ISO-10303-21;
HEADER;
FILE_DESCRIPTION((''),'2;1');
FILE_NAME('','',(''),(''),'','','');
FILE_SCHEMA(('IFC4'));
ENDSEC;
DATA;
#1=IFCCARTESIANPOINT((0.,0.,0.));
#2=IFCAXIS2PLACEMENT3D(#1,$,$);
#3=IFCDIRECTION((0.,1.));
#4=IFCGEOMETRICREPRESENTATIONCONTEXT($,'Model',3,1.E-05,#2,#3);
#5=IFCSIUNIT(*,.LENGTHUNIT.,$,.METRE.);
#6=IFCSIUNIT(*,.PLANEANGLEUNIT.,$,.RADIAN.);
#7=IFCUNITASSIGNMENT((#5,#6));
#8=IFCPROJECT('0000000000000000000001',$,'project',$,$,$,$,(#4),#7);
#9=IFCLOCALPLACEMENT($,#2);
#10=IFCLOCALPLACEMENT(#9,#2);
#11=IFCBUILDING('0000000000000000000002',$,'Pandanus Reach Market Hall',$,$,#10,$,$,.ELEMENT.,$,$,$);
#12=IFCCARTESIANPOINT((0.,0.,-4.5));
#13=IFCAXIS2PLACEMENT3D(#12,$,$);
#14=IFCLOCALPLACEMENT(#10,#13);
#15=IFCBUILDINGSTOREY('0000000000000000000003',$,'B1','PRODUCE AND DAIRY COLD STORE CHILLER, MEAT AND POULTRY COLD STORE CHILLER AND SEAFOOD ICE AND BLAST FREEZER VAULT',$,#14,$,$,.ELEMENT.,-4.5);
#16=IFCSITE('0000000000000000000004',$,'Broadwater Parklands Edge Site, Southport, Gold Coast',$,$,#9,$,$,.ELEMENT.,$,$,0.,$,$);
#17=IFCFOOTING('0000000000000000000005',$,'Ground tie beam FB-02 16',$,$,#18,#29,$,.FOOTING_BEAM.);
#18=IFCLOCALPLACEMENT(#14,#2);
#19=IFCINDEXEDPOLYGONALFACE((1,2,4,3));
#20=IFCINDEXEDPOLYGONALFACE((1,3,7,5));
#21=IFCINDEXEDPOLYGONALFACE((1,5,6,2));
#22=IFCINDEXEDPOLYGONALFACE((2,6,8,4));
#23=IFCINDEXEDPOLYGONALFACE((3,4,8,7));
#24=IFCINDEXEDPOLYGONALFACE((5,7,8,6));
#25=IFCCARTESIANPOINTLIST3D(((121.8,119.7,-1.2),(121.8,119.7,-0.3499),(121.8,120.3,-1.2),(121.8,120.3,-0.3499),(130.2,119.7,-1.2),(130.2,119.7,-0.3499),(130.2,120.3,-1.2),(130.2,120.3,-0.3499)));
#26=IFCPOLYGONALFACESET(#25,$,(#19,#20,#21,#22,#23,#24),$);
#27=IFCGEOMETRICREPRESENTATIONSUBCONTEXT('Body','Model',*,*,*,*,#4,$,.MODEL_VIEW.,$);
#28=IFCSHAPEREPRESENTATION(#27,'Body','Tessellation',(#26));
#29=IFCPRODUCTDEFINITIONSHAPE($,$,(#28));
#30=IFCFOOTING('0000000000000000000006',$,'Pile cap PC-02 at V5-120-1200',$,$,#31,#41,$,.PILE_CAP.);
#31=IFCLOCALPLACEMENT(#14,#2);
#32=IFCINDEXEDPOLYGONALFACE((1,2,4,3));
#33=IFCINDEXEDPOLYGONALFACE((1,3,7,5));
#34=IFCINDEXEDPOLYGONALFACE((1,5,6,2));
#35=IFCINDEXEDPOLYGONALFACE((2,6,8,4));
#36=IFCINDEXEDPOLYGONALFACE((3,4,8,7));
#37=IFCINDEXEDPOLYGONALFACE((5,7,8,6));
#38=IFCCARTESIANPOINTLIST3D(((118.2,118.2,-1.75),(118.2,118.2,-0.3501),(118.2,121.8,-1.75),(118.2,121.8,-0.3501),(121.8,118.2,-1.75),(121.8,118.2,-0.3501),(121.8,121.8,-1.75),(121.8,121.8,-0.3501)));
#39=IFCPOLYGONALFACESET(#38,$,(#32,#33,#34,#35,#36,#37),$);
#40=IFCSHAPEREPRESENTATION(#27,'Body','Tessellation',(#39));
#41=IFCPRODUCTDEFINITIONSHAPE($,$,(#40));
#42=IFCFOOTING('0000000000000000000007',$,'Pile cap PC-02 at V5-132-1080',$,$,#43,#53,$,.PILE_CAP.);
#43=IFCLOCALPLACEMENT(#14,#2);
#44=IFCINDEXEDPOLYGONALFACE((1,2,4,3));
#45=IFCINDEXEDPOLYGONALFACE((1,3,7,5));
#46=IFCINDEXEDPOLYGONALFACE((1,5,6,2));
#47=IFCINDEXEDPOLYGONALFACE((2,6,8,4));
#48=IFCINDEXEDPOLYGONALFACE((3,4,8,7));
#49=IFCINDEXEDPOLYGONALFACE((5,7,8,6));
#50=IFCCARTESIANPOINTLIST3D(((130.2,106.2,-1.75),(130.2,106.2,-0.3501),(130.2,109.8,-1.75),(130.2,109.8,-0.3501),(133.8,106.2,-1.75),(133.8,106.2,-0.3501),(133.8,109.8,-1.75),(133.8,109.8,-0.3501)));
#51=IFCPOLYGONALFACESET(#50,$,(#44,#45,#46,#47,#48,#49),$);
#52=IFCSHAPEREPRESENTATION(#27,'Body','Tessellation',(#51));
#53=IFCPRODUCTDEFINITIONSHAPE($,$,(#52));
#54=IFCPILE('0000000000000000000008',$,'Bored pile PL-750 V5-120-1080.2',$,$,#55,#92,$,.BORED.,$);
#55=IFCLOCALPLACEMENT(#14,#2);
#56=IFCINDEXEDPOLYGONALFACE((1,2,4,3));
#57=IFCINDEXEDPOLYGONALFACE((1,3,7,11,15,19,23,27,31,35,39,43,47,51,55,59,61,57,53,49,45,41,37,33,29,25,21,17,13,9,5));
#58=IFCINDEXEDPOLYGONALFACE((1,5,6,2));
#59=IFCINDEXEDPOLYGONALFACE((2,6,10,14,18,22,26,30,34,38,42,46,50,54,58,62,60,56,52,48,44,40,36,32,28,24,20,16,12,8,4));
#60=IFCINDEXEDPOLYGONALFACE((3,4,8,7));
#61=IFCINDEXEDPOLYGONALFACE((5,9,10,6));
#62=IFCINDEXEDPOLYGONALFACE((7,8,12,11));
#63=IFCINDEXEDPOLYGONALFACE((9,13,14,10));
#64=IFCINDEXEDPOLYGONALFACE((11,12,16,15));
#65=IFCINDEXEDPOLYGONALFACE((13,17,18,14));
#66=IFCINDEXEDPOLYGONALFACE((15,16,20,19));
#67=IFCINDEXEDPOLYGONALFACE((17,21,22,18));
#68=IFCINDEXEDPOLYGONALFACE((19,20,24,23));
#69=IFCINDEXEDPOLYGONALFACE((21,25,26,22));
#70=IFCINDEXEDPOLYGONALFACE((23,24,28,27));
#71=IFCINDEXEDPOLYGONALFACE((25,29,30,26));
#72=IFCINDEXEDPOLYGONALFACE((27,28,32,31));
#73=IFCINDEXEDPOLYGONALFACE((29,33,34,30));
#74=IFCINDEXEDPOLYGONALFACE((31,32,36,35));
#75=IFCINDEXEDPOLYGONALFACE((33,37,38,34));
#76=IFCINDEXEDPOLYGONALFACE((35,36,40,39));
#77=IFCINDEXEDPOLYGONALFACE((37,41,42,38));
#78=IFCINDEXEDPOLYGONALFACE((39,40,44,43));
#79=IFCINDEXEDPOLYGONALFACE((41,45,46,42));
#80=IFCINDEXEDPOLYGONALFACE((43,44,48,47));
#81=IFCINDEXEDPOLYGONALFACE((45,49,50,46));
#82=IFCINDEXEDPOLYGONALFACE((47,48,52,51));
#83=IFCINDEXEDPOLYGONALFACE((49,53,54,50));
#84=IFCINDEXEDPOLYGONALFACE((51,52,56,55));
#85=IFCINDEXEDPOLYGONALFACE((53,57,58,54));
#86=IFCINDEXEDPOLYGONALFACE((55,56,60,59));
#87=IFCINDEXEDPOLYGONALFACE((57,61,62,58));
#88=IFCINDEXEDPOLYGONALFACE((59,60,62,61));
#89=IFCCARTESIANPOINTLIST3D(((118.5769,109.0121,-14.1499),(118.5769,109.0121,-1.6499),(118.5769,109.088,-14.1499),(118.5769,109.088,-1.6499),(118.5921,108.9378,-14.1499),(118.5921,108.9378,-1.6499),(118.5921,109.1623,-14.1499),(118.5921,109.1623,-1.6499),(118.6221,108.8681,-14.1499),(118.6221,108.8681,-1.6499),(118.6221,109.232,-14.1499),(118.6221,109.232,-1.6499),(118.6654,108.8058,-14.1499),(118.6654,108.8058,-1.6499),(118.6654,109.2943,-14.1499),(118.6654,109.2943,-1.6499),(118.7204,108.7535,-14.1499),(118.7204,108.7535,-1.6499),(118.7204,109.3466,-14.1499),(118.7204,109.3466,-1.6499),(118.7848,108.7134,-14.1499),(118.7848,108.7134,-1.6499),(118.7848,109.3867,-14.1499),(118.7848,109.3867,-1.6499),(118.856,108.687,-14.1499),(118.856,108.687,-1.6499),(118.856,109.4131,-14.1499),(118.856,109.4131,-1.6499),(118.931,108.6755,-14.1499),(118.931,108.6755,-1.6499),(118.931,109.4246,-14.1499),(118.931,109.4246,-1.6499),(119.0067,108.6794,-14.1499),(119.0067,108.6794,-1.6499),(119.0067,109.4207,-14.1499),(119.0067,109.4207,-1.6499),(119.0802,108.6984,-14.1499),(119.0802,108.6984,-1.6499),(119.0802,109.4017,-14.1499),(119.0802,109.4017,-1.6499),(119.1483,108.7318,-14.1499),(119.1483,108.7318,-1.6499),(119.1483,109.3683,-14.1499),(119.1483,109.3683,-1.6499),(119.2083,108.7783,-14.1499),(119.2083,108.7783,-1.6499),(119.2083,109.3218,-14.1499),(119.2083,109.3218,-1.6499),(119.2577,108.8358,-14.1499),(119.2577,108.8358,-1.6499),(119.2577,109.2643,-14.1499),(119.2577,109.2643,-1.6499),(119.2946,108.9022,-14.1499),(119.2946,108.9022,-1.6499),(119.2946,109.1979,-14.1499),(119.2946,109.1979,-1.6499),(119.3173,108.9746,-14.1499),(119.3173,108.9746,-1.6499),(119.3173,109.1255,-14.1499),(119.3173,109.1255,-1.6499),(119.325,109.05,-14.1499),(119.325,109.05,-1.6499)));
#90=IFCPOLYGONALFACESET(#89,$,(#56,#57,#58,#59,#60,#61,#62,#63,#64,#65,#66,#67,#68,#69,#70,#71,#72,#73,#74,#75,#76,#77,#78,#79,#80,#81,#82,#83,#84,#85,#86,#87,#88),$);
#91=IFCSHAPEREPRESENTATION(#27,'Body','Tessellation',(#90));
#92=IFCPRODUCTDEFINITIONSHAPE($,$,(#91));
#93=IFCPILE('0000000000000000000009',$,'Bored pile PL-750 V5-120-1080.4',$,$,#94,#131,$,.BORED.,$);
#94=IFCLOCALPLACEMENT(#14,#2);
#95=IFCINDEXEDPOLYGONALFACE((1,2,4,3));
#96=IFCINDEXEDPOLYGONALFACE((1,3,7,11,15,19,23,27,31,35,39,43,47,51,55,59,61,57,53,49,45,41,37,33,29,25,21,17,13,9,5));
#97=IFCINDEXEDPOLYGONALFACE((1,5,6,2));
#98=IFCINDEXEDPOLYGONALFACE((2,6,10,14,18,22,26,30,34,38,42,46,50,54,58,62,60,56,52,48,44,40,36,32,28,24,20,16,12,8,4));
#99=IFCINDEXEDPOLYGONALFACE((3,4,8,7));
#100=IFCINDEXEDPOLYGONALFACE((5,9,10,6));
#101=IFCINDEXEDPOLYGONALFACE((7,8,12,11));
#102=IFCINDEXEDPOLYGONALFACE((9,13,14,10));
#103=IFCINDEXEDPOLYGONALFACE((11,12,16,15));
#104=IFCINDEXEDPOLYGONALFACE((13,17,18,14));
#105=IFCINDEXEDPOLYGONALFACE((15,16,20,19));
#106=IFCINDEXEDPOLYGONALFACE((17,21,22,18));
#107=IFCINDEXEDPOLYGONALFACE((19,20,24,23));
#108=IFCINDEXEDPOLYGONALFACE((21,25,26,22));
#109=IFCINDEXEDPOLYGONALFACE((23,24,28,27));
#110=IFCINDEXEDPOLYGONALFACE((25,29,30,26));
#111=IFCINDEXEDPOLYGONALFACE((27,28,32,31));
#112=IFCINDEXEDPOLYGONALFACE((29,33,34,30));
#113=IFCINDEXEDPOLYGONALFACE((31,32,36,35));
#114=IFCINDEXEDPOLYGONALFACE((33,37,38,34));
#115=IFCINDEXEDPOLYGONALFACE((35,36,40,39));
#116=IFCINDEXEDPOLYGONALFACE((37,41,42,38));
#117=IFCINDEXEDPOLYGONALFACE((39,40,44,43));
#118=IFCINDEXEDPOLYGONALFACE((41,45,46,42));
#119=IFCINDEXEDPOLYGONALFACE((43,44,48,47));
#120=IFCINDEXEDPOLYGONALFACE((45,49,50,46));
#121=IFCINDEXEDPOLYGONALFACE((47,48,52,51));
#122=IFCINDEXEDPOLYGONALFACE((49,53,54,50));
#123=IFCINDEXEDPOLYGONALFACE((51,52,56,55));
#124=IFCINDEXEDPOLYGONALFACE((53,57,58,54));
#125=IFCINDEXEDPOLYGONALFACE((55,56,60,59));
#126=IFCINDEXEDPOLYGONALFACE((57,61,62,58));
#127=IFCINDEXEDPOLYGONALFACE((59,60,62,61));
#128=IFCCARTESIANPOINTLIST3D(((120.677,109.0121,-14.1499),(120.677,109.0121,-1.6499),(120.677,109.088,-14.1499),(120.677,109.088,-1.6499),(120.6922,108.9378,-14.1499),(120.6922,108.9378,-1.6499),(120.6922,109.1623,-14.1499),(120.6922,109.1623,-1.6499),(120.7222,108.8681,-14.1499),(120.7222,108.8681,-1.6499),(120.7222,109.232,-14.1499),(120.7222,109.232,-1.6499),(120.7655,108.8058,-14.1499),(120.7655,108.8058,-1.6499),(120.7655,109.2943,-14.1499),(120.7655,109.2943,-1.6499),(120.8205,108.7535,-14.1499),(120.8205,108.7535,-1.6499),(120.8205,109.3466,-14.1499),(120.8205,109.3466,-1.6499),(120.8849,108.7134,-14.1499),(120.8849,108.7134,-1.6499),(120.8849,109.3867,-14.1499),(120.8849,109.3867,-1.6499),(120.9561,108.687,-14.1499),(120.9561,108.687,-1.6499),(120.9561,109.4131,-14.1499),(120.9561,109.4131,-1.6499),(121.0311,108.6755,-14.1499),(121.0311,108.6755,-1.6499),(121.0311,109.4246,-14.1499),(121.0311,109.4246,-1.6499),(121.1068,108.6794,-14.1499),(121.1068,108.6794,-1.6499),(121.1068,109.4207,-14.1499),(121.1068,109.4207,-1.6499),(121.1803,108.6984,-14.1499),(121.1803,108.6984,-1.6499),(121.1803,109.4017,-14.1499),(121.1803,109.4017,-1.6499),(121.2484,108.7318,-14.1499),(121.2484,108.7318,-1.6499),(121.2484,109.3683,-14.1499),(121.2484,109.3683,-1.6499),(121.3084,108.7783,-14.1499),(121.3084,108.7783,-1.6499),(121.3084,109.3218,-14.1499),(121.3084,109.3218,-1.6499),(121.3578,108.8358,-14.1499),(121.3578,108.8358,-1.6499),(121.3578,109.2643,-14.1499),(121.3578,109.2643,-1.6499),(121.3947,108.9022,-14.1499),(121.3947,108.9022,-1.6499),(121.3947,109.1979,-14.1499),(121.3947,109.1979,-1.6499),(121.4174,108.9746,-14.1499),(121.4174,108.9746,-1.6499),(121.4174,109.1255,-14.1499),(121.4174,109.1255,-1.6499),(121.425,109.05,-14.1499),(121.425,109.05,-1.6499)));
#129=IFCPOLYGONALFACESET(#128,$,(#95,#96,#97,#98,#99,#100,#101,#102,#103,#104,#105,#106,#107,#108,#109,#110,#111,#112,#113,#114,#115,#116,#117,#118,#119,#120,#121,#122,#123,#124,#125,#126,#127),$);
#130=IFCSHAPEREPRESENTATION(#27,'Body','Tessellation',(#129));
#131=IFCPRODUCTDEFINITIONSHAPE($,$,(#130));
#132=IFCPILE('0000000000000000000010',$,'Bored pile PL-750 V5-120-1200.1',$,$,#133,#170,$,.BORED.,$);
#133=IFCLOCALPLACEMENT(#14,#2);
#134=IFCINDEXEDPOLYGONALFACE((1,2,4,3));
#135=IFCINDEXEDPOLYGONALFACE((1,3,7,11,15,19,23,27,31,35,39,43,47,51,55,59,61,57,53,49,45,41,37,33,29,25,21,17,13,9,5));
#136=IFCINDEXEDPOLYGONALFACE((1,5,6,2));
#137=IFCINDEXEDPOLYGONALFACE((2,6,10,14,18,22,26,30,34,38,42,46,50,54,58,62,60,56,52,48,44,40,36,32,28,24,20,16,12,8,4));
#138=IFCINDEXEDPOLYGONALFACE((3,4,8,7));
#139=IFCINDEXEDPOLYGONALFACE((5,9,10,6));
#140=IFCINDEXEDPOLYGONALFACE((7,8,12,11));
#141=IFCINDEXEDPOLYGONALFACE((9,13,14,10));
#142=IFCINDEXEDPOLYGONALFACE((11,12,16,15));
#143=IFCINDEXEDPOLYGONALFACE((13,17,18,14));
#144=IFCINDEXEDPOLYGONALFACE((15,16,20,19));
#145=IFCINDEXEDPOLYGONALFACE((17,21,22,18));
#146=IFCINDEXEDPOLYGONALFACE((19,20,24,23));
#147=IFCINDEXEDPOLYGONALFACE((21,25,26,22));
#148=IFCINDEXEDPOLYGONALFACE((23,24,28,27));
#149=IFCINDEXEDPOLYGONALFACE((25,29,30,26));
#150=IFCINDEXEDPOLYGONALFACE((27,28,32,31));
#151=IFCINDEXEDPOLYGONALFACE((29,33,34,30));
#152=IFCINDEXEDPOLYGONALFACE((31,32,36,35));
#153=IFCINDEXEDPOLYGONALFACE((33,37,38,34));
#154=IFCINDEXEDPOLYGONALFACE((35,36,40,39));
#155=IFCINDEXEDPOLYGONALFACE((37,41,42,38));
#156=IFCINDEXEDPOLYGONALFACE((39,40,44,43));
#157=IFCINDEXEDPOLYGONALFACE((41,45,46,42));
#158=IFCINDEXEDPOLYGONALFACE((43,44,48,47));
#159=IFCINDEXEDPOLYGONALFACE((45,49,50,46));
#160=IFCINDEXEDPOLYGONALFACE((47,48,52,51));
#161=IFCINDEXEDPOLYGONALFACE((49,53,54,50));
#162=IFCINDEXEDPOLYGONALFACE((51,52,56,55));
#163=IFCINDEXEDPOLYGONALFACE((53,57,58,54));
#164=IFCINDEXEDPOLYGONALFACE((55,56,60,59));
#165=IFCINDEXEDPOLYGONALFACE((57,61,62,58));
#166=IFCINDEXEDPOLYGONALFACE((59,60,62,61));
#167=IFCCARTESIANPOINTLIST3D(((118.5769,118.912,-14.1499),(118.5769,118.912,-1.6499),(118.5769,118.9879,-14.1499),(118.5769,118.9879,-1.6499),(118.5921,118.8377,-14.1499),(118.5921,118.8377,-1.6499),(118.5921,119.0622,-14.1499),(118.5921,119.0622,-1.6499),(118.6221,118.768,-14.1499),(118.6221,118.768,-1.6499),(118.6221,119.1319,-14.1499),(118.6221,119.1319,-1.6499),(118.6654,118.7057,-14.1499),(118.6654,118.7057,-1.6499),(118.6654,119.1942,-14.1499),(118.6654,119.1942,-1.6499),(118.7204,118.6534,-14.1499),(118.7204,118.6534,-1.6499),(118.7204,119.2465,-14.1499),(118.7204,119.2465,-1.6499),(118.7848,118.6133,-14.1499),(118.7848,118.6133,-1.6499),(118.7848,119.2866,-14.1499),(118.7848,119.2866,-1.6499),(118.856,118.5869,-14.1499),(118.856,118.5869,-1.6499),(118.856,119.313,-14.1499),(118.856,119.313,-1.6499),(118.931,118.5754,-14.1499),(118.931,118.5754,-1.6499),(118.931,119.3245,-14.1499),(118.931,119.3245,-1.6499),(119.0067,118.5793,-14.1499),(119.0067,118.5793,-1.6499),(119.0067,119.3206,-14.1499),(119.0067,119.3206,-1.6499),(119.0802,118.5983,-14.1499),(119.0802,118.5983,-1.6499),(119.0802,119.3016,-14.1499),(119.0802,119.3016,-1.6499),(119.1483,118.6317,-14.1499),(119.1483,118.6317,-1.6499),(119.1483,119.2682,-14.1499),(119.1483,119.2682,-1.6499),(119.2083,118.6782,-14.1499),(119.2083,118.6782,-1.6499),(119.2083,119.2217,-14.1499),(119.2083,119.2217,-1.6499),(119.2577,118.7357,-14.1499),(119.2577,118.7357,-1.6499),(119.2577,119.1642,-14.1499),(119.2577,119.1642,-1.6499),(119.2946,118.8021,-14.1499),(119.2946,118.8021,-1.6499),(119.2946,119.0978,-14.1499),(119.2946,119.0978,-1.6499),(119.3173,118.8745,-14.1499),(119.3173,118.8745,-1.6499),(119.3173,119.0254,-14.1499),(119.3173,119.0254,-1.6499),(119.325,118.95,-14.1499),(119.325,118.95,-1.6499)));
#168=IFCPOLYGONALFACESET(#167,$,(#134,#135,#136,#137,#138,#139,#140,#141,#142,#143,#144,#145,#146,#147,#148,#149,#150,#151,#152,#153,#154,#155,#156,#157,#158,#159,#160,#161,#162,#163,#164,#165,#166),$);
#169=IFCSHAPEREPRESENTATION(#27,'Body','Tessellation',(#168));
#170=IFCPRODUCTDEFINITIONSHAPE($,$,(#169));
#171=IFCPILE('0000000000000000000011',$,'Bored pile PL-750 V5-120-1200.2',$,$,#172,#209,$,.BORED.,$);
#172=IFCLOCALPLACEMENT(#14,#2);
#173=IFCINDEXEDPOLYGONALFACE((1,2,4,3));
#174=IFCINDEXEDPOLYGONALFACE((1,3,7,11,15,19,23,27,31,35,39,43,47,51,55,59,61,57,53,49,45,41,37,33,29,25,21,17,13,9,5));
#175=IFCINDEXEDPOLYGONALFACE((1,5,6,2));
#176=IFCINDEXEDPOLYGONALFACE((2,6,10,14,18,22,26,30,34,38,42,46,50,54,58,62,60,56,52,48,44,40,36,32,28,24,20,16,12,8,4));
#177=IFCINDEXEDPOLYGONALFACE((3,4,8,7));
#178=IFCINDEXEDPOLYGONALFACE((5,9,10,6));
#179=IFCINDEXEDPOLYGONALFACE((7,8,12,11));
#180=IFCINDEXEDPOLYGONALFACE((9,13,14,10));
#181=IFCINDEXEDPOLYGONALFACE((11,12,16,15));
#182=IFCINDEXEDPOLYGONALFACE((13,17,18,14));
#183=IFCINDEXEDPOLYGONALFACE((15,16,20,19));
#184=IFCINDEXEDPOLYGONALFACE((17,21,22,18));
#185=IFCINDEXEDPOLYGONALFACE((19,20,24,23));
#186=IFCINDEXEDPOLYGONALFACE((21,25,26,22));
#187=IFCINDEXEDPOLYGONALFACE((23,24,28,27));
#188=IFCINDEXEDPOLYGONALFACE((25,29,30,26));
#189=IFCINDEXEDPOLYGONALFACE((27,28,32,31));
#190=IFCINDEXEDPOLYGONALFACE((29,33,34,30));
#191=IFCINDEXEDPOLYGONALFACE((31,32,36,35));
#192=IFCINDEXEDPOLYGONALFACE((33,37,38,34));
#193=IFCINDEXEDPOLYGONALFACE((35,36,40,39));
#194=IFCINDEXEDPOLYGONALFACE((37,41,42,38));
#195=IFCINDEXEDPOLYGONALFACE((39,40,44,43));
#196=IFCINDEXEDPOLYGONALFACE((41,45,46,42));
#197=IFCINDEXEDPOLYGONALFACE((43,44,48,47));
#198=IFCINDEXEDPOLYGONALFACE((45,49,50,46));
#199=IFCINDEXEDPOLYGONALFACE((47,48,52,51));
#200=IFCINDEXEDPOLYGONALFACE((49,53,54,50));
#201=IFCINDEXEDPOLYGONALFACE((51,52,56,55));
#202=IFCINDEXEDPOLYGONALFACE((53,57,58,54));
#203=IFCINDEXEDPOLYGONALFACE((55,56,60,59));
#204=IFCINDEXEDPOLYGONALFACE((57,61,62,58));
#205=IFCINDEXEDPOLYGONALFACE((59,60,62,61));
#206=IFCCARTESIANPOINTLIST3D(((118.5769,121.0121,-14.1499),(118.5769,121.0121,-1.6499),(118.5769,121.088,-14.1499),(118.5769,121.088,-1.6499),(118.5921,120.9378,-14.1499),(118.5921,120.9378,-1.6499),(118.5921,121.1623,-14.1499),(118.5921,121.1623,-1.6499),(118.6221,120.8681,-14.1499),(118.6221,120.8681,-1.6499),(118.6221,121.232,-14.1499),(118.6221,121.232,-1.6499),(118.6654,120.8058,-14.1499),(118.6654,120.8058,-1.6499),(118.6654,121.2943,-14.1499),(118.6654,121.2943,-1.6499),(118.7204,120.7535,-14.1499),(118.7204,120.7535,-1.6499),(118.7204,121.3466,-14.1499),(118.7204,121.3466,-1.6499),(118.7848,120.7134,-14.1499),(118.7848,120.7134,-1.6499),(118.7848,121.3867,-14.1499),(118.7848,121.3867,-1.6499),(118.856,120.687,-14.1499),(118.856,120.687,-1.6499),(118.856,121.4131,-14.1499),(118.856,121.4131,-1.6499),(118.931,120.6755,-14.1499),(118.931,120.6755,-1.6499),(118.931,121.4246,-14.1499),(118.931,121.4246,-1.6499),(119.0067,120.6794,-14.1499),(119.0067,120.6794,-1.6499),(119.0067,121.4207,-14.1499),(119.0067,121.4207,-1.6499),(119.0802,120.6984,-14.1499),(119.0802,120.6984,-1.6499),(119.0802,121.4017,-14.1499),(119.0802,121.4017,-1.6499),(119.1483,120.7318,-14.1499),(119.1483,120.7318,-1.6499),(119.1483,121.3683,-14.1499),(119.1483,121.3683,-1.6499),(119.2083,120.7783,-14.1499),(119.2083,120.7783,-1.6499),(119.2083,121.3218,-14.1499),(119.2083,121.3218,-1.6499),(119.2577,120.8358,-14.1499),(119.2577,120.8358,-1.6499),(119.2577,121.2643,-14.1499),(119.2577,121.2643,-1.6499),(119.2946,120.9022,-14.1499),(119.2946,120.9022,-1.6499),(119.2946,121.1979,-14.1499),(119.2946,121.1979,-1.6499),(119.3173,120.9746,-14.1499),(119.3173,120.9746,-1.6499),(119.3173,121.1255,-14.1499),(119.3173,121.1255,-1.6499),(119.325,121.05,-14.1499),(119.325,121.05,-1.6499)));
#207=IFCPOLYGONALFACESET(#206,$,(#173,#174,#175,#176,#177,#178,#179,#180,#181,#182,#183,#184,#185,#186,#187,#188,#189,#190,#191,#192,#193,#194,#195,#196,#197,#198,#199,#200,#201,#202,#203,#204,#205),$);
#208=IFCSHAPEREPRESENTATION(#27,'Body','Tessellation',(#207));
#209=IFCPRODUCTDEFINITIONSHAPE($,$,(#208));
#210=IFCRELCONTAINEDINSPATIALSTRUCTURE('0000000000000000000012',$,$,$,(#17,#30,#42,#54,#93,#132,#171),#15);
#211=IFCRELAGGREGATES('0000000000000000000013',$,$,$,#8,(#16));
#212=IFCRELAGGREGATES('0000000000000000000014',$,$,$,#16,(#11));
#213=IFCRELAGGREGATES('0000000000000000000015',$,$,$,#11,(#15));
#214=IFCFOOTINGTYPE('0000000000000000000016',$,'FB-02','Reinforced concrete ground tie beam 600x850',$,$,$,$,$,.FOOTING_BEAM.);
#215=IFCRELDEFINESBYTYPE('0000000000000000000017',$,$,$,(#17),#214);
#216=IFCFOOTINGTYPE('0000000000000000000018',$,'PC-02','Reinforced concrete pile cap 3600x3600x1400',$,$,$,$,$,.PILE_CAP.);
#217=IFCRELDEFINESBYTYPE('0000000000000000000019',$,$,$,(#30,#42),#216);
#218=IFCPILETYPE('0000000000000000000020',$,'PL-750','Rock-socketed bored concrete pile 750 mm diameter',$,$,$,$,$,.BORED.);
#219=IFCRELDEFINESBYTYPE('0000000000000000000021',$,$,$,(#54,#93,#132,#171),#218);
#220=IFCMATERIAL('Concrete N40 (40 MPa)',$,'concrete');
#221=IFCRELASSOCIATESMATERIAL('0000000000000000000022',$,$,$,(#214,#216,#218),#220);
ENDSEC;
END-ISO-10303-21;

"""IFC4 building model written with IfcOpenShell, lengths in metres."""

from ifc_helpers import new_model, si_unit, direction, frame, origin, origin_2d, place, context, subcontext, project, spatial, rectangle, circle, extrude, material, material_profile, profile_set, type_object, element, save


model = new_model("IFC4")

# Units and contexts
model_context = context("Model", 3, precision=1e-05, world=origin(), true_north=direction((0.0, 1.0)))
body_context = subcontext(model_context, "Body", "Model", "MODEL_VIEW")
ifc_project = project(units=[si_unit("LENGTHUNIT", "METRE"), si_unit("PLANEANGLEUNIT", "RADIAN")], contexts=[model_context])

# Site, building, storey
site_placement = place(None, origin())
site = spatial("IfcSite", under=ifc_project, at=site_placement, Name="Broadwater Parklands Edge Site, Southport, Gold Coast", CompositionType="ELEMENT", RefElevation=0.0)
building_placement = place(site_placement, origin())
building = spatial("IfcBuilding", under=site, at=building_placement, Name="Pandanus Reach Market Hall", CompositionType="ELEMENT")
storey_placement = place(building_placement, frame((0.0, 0.0, -4.5)))
storey = spatial("IfcBuildingStorey", under=building, at=storey_placement, Name="B1", Description="PRODUCE AND DAIRY COLD STORE CHILLER, MEAT AND POULTRY COLD STORE CHILLER AND SEAFOOD ICE AND BLAST FREEZER VAULT", CompositionType="ELEMENT", Elevation=-4.5)

# Footings
ifc_material_1 = material(Name="Concrete N40 (40 MPa)", Category="concrete")
footing_type_1 = type_object("IfcFootingType", Name="FB-02", Description="Reinforced concrete ground tie beam 600x850", PredefinedType="FOOTING_BEAM", material=ifc_material_1)
footing_placement = place(storey_placement, frame((126.0, 120.0, -1.2), z_axis=(0.0, 0.0, 1.0), x_axis=(1.0, 0.0, 0.0)))
element("IfcFooting", 1, at=footing_placement, inside=storey, type_object=footing_type_1, Name="Ground tie beam FB-02 16", PredefinedType="FOOTING_BEAM", context=body_context, shape_type="SweptSolid", body=[
    extrude(rectangle(XDim=8.3999, YDim=0.6001, at=origin_2d()), origin(), (0.0, 0.0, 1.0), 0.8501),
])
footing_type_2 = type_object("IfcFootingType", Name="PC-02", Description="Reinforced concrete pile cap 3600x3600x1400", PredefinedType="PILE_CAP", material=ifc_material_1)
for number, where, z_axis, x_axis, name in (
    (2, (120.0, 120.0, -1.75), (0.0, 0.0, 1.0), (1.0, 0.0, 0.0), "Pile cap PC-02 at V5-120-1200"),
    (3, (132.0, 108.0, -1.75), (0.0, 0.0, 1.0), (1.0, 0.0, 0.0), "Pile cap PC-02 at V5-132-1080"),
):
    element("IfcFooting", number, at=place(storey_placement, frame(where, z_axis=z_axis, x_axis=x_axis)), inside=storey, type_object=footing_type_2, Name=name, PredefinedType="PILE_CAP", context=body_context, shape_type="SweptSolid", body=[
        extrude(rectangle(XDim=3.6001, YDim=3.6001, at=origin_2d()), origin(), (0.0, 0.0, 1.0), 1.3999),
    ])

# Piles
ifc_material_profile_1 = material_profile(ifc_material_1, circle(Radius=0.375, at=origin_2d()), Name="PILE-750D", Category="LoadBearing")
ifc_profile_set_1 = profile_set([ifc_material_profile_1], Name="Concrete N40 (40 MPa)")
pile_type = type_object("IfcPileType", Name="PL-750", Description="Rock-socketed bored concrete pile 750 mm diameter", PredefinedType="BORED", material=ifc_profile_set_1)
for number, where, z_axis, x_axis, name in (
    (4, (118.95, 109.05, -1.6499), (0.0, 0.0, -1.0), (1.0, 0.0, 0.0), "Bored pile PL-750 V5-120-1080.2"),
    (5, (121.05, 109.05, -1.6499), (0.0, 0.0, -1.0), (1.0, 0.0, 0.0), "Bored pile PL-750 V5-120-1080.4"),
    (6, (118.95, 118.95, -1.6499), (0.0, 0.0, -1.0), (1.0, 0.0, 0.0), "Bored pile PL-750 V5-120-1200.1"),
    (7, (118.95, 121.05, -1.6499), (0.0, 0.0, -1.0), (1.0, 0.0, 0.0), "Bored pile PL-750 V5-120-1200.2"),
):
    element("IfcPile", number, at=place(storey_placement, frame(where, z_axis=z_axis, x_axis=x_axis)), inside=storey, type_object=pile_type, Name=name, PredefinedType="BORED", context=body_context, shape_type="SweptSolid", body=[
        extrude(circle(Radius=0.375, at=origin_2d()), origin(), (0.0, 0.0, 1.0), 12.5),
    ])

save(model, "model.ifc")
